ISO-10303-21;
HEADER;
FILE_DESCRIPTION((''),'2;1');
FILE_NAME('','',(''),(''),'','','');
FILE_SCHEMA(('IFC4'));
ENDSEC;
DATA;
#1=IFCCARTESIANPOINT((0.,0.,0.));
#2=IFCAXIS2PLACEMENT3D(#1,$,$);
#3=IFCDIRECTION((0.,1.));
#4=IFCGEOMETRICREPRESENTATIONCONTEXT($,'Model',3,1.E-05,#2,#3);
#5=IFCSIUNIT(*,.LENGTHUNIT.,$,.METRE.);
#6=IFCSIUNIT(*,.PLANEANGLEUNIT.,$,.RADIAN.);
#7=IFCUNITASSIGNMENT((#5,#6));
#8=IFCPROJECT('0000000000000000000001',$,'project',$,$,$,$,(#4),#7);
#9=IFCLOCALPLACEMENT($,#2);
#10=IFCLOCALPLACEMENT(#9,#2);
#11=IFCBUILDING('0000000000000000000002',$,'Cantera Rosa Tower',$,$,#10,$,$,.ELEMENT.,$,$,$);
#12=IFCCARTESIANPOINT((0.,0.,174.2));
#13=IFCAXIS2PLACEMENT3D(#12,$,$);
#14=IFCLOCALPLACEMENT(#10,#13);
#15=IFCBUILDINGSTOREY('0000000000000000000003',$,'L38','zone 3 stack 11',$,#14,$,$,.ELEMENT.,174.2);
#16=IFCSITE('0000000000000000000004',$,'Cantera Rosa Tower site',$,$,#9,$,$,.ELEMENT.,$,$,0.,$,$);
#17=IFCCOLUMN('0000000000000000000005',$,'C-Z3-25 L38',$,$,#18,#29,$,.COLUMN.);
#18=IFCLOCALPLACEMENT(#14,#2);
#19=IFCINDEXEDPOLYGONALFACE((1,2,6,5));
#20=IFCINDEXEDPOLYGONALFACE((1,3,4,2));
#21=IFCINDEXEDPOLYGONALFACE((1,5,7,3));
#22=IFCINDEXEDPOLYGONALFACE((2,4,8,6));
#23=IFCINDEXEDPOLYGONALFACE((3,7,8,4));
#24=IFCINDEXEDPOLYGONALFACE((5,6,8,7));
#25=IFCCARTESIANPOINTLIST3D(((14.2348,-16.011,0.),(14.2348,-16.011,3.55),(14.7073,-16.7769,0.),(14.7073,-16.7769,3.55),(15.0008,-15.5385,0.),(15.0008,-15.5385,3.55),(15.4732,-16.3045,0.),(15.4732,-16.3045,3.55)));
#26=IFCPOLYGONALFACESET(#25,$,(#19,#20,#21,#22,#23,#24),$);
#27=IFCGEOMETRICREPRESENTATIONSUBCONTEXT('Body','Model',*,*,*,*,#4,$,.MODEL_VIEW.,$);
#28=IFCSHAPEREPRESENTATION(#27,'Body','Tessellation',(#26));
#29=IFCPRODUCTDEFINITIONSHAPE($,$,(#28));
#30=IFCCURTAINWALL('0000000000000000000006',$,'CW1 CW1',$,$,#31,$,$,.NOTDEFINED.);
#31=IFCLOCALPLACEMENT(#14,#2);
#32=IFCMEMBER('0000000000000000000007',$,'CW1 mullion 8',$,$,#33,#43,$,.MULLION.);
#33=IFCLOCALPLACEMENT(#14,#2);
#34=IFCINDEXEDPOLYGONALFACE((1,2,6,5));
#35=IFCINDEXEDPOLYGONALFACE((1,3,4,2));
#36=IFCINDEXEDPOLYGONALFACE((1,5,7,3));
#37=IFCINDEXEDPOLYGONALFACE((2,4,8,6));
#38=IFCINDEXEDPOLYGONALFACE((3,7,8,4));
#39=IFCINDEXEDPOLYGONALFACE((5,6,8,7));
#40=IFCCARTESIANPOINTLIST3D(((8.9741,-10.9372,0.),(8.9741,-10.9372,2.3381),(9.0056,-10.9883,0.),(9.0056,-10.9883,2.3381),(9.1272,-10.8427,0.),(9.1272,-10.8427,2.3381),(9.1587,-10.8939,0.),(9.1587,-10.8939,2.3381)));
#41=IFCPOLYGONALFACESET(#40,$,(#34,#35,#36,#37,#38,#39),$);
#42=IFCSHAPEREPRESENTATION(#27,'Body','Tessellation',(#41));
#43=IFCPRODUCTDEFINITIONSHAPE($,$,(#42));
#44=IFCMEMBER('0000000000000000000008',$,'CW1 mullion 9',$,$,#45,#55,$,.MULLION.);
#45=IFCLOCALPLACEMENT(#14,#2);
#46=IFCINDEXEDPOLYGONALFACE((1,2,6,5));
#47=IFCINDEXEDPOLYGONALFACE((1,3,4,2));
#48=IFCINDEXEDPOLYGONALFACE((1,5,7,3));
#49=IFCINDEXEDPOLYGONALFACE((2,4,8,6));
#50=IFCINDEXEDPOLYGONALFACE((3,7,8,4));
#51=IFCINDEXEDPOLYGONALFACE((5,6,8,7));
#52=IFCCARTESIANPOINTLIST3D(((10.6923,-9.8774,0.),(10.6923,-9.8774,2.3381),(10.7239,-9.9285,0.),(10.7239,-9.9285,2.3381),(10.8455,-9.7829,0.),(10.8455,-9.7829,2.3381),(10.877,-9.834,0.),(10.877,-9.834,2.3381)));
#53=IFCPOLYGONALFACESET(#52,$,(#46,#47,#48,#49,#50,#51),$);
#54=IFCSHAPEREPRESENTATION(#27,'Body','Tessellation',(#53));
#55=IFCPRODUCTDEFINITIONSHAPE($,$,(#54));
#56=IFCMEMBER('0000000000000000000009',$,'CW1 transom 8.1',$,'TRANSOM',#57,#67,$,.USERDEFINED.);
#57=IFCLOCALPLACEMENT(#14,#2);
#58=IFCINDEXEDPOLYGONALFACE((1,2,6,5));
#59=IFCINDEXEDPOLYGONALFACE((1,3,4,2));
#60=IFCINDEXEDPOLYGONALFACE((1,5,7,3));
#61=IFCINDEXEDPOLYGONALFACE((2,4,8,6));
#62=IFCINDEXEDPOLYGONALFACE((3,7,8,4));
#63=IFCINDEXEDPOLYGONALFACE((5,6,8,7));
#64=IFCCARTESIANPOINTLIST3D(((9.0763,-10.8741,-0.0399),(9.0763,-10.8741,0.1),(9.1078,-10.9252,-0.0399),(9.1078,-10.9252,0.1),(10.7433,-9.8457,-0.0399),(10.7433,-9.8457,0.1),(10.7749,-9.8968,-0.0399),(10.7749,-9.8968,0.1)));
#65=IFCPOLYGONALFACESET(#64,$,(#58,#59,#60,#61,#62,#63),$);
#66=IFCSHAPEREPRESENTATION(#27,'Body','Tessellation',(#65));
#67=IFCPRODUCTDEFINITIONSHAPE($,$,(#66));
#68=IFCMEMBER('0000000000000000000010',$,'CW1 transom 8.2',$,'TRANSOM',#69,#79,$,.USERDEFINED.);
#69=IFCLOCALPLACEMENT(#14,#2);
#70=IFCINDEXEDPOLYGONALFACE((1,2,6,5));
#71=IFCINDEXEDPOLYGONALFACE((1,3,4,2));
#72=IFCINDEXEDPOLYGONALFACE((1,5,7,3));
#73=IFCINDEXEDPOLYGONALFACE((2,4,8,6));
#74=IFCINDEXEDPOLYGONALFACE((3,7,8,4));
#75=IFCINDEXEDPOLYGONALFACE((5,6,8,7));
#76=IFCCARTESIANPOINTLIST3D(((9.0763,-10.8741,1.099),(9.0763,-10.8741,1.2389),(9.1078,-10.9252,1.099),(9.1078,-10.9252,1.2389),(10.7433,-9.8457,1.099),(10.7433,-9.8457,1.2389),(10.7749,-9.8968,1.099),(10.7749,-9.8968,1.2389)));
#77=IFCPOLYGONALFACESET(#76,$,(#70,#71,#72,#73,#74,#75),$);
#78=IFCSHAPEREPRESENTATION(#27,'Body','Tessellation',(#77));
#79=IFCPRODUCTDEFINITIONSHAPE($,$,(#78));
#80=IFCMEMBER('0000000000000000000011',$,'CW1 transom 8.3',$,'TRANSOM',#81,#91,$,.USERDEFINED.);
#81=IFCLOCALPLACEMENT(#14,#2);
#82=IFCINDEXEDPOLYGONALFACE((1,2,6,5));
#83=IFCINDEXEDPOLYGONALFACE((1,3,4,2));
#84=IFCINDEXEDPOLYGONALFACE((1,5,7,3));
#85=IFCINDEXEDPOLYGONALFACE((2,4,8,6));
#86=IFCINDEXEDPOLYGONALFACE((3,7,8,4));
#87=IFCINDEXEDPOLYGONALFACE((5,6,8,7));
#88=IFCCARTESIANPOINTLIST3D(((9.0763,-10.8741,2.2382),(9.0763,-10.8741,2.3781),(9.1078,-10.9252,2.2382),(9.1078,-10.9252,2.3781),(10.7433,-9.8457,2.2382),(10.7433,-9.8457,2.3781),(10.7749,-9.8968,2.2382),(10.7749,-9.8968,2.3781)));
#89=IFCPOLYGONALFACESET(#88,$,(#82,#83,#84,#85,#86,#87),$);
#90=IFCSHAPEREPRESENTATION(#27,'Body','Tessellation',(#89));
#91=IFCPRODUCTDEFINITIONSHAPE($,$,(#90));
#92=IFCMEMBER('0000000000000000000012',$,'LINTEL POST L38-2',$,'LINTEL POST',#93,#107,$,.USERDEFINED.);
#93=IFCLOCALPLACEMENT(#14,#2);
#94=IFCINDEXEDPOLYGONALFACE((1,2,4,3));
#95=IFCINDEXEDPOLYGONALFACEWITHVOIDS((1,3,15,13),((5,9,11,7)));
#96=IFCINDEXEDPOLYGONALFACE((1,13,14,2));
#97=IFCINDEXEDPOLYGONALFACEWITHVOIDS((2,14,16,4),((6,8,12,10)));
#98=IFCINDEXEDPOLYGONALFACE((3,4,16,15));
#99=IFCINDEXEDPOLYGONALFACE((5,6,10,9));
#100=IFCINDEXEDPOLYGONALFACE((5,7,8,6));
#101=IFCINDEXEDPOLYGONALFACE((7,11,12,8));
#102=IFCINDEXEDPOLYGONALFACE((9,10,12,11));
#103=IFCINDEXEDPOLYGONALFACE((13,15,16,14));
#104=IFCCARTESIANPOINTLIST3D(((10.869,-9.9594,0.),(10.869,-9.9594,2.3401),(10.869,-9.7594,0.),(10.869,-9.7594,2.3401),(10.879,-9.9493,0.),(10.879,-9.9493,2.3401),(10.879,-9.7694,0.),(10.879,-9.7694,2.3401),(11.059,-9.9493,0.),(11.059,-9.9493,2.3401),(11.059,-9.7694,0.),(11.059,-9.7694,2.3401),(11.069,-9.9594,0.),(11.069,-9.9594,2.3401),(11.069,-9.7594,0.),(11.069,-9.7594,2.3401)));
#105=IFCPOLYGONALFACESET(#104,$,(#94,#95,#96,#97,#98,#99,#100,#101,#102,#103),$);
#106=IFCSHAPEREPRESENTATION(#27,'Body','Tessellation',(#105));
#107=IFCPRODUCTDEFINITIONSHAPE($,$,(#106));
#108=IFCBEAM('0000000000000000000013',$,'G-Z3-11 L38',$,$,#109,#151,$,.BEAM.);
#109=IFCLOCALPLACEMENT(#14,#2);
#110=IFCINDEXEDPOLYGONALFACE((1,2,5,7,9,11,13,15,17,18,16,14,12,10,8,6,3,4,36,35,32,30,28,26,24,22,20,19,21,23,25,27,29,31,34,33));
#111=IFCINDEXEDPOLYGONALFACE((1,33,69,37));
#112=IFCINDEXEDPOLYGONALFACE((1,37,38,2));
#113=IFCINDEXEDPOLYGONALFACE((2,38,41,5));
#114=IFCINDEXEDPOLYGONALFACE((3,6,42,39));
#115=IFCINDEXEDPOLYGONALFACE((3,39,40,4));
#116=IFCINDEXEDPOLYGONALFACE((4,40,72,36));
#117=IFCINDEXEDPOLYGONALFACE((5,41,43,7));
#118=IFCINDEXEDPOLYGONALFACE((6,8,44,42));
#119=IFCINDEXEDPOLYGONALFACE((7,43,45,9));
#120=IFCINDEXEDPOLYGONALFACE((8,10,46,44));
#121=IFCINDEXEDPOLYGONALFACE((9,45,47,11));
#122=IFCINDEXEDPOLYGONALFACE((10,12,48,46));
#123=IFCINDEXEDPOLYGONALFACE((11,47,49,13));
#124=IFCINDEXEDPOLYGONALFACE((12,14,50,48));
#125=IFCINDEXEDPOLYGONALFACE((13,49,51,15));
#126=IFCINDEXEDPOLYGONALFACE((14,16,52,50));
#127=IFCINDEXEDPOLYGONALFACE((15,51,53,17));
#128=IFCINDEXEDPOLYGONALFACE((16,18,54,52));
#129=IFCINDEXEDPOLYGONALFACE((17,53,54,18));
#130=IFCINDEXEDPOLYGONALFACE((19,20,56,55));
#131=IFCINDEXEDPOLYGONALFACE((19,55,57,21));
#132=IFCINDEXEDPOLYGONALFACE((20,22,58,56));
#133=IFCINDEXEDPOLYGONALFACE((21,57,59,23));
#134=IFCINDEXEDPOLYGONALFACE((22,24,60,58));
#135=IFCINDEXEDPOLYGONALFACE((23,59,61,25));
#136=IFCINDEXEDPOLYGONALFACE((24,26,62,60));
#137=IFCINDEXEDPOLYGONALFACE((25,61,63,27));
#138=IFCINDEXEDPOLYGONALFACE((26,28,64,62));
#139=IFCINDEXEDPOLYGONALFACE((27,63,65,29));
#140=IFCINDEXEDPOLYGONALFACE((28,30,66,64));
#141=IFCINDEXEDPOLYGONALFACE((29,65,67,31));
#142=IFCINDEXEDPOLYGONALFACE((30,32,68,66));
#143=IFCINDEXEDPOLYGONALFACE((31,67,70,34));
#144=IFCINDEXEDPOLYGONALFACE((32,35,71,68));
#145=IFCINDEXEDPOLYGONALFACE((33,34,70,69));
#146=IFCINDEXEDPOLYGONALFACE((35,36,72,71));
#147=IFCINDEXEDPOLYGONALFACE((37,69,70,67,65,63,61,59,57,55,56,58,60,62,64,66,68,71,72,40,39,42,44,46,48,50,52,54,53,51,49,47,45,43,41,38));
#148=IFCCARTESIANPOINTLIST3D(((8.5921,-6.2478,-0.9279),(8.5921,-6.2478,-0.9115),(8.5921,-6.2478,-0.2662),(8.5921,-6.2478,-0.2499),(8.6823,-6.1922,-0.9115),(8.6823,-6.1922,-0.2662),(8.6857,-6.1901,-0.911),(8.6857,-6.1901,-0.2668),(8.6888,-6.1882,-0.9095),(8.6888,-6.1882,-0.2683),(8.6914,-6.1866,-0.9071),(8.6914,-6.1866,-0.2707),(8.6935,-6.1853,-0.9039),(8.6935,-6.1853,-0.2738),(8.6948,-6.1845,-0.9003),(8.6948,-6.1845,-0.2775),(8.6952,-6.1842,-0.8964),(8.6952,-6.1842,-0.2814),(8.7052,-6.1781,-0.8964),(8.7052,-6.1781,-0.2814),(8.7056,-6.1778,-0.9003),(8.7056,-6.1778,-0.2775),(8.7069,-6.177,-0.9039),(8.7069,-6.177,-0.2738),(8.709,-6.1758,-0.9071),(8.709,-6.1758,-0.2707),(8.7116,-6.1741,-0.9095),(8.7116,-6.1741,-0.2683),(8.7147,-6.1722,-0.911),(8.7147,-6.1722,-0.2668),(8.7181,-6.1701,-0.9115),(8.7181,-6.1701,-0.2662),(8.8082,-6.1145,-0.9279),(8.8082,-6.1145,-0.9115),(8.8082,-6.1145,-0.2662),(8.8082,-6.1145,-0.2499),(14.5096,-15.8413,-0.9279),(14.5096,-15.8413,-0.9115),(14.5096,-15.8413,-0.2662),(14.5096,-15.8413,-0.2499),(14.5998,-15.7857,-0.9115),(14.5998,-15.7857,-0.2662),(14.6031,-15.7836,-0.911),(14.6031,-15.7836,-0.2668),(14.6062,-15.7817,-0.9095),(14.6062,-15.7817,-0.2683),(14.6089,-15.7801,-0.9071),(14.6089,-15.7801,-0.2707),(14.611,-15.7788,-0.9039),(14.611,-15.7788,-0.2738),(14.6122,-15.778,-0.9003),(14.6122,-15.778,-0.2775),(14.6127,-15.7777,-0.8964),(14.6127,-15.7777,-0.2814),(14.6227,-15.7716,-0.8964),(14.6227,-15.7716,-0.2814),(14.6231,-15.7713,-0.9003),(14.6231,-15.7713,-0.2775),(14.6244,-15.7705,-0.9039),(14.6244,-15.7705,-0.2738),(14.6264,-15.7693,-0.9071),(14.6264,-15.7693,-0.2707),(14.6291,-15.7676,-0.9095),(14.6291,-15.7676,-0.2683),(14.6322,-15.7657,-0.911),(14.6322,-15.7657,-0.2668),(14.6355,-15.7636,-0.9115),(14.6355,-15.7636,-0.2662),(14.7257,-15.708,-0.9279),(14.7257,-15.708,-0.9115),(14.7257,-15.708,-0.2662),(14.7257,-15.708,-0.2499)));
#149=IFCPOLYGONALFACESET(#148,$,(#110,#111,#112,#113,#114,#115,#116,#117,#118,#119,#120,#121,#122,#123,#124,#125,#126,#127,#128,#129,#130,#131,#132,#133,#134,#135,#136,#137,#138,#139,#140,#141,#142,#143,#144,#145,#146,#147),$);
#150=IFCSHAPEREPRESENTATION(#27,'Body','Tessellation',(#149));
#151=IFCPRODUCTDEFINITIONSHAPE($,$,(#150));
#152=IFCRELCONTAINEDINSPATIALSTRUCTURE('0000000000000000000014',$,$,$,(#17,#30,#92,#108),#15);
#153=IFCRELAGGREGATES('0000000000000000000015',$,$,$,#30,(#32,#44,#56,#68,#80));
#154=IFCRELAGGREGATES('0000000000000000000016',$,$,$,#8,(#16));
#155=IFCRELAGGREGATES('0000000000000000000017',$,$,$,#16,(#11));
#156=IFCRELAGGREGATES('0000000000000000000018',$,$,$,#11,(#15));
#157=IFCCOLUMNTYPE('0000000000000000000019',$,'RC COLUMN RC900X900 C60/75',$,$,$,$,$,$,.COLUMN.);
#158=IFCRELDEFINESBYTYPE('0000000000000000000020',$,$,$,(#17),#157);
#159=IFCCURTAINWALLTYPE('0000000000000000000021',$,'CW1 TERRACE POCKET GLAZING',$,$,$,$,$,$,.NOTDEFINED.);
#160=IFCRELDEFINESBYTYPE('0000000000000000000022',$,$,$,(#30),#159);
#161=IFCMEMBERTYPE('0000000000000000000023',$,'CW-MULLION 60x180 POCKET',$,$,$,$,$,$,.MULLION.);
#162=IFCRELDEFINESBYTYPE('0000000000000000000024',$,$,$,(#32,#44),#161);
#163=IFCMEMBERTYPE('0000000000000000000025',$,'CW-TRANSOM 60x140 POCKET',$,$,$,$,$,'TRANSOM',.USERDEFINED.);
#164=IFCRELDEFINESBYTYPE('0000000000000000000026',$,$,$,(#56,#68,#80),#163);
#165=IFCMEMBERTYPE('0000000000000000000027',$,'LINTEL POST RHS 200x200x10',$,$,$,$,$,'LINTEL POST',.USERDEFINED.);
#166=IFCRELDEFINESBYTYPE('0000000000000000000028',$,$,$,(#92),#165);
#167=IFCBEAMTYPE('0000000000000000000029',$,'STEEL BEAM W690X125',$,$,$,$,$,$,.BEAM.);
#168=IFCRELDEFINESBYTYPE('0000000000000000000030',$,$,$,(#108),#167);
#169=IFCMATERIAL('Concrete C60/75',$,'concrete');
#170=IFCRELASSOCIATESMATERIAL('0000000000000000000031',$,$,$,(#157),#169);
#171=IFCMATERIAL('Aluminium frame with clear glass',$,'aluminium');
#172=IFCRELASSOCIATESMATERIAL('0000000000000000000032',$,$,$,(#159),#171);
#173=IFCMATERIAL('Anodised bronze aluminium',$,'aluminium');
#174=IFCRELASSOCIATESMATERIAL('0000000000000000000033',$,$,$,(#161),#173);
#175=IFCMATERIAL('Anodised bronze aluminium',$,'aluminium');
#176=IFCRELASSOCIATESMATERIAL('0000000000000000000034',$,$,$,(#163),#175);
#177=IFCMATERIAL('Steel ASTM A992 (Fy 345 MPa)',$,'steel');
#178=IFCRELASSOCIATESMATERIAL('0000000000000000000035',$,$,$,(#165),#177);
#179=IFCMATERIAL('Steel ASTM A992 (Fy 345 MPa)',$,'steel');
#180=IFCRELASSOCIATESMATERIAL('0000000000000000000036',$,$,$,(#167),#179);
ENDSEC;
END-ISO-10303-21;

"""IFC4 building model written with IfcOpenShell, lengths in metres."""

from ifc_helpers import new_model, si_unit, direction, frame, origin, origin_2d, place, context, subcontext, project, spatial, rectangle, hollow_rectangle, i_section, extrude, material, material_profile, profile_set, type_object, element, aggregate, save


model = new_model("IFC4")

# Units and contexts
model_context = context("Model", 3, precision=1e-05, world=origin(), true_north=direction((0.0, 1.0)))
body_context = subcontext(model_context, "Body", "Model", "MODEL_VIEW")
ifc_project = project(units=[si_unit("LENGTHUNIT", "METRE"), si_unit("PLANEANGLEUNIT", "RADIAN")], contexts=[model_context])

# Site, building, storey
site_placement = place(None, origin())
site = spatial("IfcSite", under=ifc_project, at=site_placement, Name="Cantera Rosa Tower site", CompositionType="ELEMENT", RefElevation=0.0)
building_placement = place(site_placement, origin())
building = spatial("IfcBuilding", under=site, at=building_placement, Name="Cantera Rosa Tower", CompositionType="ELEMENT")
storey_placement = place(building_placement, frame((0.0, 0.0, 174.2)))
storey = spatial("IfcBuildingStorey", under=building, at=storey_placement, Name="L38", Description="zone 3 stack 11", CompositionType="ELEMENT", Elevation=174.2)

# Column
ifc_material_1 = material(Name="Concrete C60/75", Category="concrete")
ifc_material_profile_1 = material_profile(ifc_material_1, rectangle(XDim=0.8999, YDim=0.8999, at=origin_2d()), Name="RC COLUMN RC900X900 C60/75")
ifc_profile_set_1 = profile_set([ifc_material_profile_1], Name="Concrete C60/75")
column_type = type_object("IfcColumnType", Name="RC COLUMN RC900X900 C60/75", PredefinedType="COLUMN", material=ifc_profile_set_1)
column_placement = place(storey_placement, frame((14.854, -16.1577, 0.0), z_axis=(0.0, 0.0, 1.0), x_axis=(0.851117, 0.524977, 0.0)))
element("IfcColumn", 1, at=column_placement, inside=storey, type_object=column_type, Name="C-Z3-25 L38", PredefinedType="COLUMN", context=body_context, shape_type="SweptSolid", body=[
    extrude(rectangle(XDim=0.8999, YDim=0.8999, at=origin_2d()), origin(), (0.0, 0.0, 1.0), 3.55),
])

# Curtain wall, members
ifc_material_2 = material(Name="Aluminium frame with clear glass", Category="aluminium")
curtain_wall_type = type_object("IfcCurtainWallType", Name="CW1 TERRACE POCKET GLAZING", PredefinedType="NOTDEFINED", material=ifc_material_2)
curtain_wall_placement = place(storey_placement, origin())
curtain_wall = element("IfcCurtainWall", 2, at=curtain_wall_placement, inside=storey, type_object=curtain_wall_type, Name="CW1 CW1", PredefinedType="NOTDEFINED")
ifc_material_3 = material(Name="Anodised bronze aluminium", Category="aluminium")
ifc_material_profile_2 = material_profile(ifc_material_3, rectangle(XDim=0.0601, YDim=0.1799, at=origin_2d()), Name="CW-MULLION 60x180 POCKET")
ifc_profile_set_2 = profile_set([ifc_material_profile_2], Name="Anodised bronze aluminium")
member_type_1 = type_object("IfcMemberType", Name="CW-MULLION 60x180 POCKET", PredefinedType="MULLION", material=ifc_profile_set_2)
member_1_placement = place(storey_placement, frame((9.0664, -10.9155, 0.0), z_axis=(0.0, 0.0, 1.0), x_axis=(-0.524977, 0.851117, 0.0)))
member_1 = element("IfcMember", 3, at=member_1_placement, type_object=member_type_1, Name="CW1 mullion 8", PredefinedType="MULLION", context=body_context, shape_type="SweptSolid", body=[
    extrude(rectangle(XDim=0.0601, YDim=0.1799, at=origin_2d()), origin(), (0.0, 0.0, 1.0), 2.3381),
])
member_2_placement = place(storey_placement, frame((10.7847, -9.8557, 0.0), z_axis=(0.0, 0.0, 1.0), x_axis=(-0.524977, 0.851117, 0.0)))
member_2 = element("IfcMember", 4, at=member_2_placement, type_object=member_type_1, Name="CW1 mullion 9", PredefinedType="MULLION", context=body_context, shape_type="SweptSolid", body=[
    extrude(rectangle(XDim=0.0601, YDim=0.1799, at=origin_2d()), origin(), (0.0, 0.0, 1.0), 2.3381),
])
ifc_material_4 = material(Name="Anodised bronze aluminium", Category="aluminium")
ifc_material_profile_3 = material_profile(ifc_material_4, rectangle(XDim=0.0601, YDim=0.1399, at=origin_2d()), Name="CW-TRANSOM 60x140 POCKET")
ifc_profile_set_3 = profile_set([ifc_material_profile_3], Name="Anodised bronze aluminium")
member_type_2 = type_object("IfcMemberType", Name="CW-TRANSOM 60x140 POCKET", ElementType="TRANSOM", PredefinedType="USERDEFINED", material=ifc_profile_set_3)
member_3_placement = place(storey_placement, frame((9.092, -10.8997, 0.03), z_axis=(0.851093, 0.525015, 0.0), x_axis=(-0.525015, 0.851093, 0.0)))
member_3 = element("IfcMember", 5, at=member_3_placement, type_object=member_type_2, Name="CW1 transom 8.1", ObjectType="TRANSOM", PredefinedType="USERDEFINED", context=body_context, shape_type="SweptSolid", body=[
    extrude(rectangle(XDim=0.0601, YDim=0.1399, at=origin_2d()), origin(), (0.0, 0.0, 1.0), 1.9587),
])
member_4_placement = place(storey_placement, frame((9.092, -10.8997, 1.1689), z_axis=(0.851093, 0.525015, 0.0), x_axis=(-0.525015, 0.851093, 0.0)))
member_4 = element("IfcMember", 6, at=member_4_placement, type_object=member_type_2, Name="CW1 transom 8.2", ObjectType="TRANSOM", PredefinedType="USERDEFINED", context=body_context, shape_type="SweptSolid", body=[
    extrude(rectangle(XDim=0.0601, YDim=0.1399, at=origin_2d()), origin(), (0.0, 0.0, 1.0), 1.9587),
])
member_5_placement = place(storey_placement, frame((9.092, -10.8997, 2.3081), z_axis=(0.851093, 0.525015, 0.0), x_axis=(-0.525015, 0.851093, 0.0)))
member_5 = element("IfcMember", 7, at=member_5_placement, type_object=member_type_2, Name="CW1 transom 8.3", ObjectType="TRANSOM", PredefinedType="USERDEFINED", context=body_context, shape_type="SweptSolid", body=[
    extrude(rectangle(XDim=0.0601, YDim=0.1399, at=origin_2d()), origin(), (0.0, 0.0, 1.0), 1.9587),
])

# Member
ifc_material_5 = material(Name="Steel ASTM A992 (Fy 345 MPa)", Category="steel")
ifc_material_profile_4 = material_profile(ifc_material_5, hollow_rectangle(XDim=0.2, YDim=0.2, WallThickness=0.01, at=origin_2d()), Name="LINTEL POST RHS 200x200x10")
ifc_profile_set_4 = profile_set([ifc_material_profile_4], Name="Steel ASTM A992 (Fy 345 MPa)")
member_type_3 = type_object("IfcMemberType", Name="LINTEL POST RHS 200x200x10", ElementType="LINTEL POST", PredefinedType="USERDEFINED", material=ifc_profile_set_4)
member_6_placement = place(storey_placement, frame((10.969, -9.8594, 0.0), z_axis=(0.0, 0.0, 1.0), x_axis=(1.0, 0.0, 0.0)))
element("IfcMember", 8, at=member_6_placement, inside=storey, type_object=member_type_3, Name="LINTEL POST L38-2", ObjectType="LINTEL POST", PredefinedType="USERDEFINED", context=body_context, shape_type="SweptSolid", body=[
    extrude(hollow_rectangle(XDim=0.2, YDim=0.2, WallThickness=0.01, at=origin_2d()), origin(), (0.0, 0.0, 1.0), 2.3401),
])

# Beam
ifc_material_6 = material(Name="Steel ASTM A992 (Fy 345 MPa)", Category="steel")
ifc_material_profile_5 = material_profile(ifc_material_6, i_section(OverallWidth=0.2539, OverallDepth=0.678, WebThickness=0.0117, FlangeThickness=0.0164, FilletRadius=0.0151, at=origin_2d()), Name="W690X125")
ifc_profile_set_5 = profile_set([ifc_material_profile_5], Name="Steel ASTM A992 (Fy 345 MPa)")
beam_type_1 = type_object("IfcBeamType", Name="STEEL BEAM W690X125", PredefinedType="BEAM", material=ifc_profile_set_5)
beam_1_placement = place(storey_placement, frame((14.6177, -15.7747, -0.5889), z_axis=(-0.524984, 0.851112, 0.0), x_axis=(-0.851112, -0.524984, 0.0)))
element("IfcBeam", 9, at=beam_1_placement, inside=storey, type_object=beam_type_1, Name="G-Z3-11 L38", PredefinedType="BEAM", context=body_context, shape_type="SweptSolid", body=[
    extrude(i_section(OverallWidth=0.2539, OverallDepth=0.678, WebThickness=0.0117, FlangeThickness=0.0164, FilletRadius=0.0151, at=origin_2d()), origin(), (0.0, 0.0, 1.0), 11.2717),
])

aggregate(curtain_wall, [member_1, member_2, member_3, member_4, member_5])

save(model, "model.ifc")
